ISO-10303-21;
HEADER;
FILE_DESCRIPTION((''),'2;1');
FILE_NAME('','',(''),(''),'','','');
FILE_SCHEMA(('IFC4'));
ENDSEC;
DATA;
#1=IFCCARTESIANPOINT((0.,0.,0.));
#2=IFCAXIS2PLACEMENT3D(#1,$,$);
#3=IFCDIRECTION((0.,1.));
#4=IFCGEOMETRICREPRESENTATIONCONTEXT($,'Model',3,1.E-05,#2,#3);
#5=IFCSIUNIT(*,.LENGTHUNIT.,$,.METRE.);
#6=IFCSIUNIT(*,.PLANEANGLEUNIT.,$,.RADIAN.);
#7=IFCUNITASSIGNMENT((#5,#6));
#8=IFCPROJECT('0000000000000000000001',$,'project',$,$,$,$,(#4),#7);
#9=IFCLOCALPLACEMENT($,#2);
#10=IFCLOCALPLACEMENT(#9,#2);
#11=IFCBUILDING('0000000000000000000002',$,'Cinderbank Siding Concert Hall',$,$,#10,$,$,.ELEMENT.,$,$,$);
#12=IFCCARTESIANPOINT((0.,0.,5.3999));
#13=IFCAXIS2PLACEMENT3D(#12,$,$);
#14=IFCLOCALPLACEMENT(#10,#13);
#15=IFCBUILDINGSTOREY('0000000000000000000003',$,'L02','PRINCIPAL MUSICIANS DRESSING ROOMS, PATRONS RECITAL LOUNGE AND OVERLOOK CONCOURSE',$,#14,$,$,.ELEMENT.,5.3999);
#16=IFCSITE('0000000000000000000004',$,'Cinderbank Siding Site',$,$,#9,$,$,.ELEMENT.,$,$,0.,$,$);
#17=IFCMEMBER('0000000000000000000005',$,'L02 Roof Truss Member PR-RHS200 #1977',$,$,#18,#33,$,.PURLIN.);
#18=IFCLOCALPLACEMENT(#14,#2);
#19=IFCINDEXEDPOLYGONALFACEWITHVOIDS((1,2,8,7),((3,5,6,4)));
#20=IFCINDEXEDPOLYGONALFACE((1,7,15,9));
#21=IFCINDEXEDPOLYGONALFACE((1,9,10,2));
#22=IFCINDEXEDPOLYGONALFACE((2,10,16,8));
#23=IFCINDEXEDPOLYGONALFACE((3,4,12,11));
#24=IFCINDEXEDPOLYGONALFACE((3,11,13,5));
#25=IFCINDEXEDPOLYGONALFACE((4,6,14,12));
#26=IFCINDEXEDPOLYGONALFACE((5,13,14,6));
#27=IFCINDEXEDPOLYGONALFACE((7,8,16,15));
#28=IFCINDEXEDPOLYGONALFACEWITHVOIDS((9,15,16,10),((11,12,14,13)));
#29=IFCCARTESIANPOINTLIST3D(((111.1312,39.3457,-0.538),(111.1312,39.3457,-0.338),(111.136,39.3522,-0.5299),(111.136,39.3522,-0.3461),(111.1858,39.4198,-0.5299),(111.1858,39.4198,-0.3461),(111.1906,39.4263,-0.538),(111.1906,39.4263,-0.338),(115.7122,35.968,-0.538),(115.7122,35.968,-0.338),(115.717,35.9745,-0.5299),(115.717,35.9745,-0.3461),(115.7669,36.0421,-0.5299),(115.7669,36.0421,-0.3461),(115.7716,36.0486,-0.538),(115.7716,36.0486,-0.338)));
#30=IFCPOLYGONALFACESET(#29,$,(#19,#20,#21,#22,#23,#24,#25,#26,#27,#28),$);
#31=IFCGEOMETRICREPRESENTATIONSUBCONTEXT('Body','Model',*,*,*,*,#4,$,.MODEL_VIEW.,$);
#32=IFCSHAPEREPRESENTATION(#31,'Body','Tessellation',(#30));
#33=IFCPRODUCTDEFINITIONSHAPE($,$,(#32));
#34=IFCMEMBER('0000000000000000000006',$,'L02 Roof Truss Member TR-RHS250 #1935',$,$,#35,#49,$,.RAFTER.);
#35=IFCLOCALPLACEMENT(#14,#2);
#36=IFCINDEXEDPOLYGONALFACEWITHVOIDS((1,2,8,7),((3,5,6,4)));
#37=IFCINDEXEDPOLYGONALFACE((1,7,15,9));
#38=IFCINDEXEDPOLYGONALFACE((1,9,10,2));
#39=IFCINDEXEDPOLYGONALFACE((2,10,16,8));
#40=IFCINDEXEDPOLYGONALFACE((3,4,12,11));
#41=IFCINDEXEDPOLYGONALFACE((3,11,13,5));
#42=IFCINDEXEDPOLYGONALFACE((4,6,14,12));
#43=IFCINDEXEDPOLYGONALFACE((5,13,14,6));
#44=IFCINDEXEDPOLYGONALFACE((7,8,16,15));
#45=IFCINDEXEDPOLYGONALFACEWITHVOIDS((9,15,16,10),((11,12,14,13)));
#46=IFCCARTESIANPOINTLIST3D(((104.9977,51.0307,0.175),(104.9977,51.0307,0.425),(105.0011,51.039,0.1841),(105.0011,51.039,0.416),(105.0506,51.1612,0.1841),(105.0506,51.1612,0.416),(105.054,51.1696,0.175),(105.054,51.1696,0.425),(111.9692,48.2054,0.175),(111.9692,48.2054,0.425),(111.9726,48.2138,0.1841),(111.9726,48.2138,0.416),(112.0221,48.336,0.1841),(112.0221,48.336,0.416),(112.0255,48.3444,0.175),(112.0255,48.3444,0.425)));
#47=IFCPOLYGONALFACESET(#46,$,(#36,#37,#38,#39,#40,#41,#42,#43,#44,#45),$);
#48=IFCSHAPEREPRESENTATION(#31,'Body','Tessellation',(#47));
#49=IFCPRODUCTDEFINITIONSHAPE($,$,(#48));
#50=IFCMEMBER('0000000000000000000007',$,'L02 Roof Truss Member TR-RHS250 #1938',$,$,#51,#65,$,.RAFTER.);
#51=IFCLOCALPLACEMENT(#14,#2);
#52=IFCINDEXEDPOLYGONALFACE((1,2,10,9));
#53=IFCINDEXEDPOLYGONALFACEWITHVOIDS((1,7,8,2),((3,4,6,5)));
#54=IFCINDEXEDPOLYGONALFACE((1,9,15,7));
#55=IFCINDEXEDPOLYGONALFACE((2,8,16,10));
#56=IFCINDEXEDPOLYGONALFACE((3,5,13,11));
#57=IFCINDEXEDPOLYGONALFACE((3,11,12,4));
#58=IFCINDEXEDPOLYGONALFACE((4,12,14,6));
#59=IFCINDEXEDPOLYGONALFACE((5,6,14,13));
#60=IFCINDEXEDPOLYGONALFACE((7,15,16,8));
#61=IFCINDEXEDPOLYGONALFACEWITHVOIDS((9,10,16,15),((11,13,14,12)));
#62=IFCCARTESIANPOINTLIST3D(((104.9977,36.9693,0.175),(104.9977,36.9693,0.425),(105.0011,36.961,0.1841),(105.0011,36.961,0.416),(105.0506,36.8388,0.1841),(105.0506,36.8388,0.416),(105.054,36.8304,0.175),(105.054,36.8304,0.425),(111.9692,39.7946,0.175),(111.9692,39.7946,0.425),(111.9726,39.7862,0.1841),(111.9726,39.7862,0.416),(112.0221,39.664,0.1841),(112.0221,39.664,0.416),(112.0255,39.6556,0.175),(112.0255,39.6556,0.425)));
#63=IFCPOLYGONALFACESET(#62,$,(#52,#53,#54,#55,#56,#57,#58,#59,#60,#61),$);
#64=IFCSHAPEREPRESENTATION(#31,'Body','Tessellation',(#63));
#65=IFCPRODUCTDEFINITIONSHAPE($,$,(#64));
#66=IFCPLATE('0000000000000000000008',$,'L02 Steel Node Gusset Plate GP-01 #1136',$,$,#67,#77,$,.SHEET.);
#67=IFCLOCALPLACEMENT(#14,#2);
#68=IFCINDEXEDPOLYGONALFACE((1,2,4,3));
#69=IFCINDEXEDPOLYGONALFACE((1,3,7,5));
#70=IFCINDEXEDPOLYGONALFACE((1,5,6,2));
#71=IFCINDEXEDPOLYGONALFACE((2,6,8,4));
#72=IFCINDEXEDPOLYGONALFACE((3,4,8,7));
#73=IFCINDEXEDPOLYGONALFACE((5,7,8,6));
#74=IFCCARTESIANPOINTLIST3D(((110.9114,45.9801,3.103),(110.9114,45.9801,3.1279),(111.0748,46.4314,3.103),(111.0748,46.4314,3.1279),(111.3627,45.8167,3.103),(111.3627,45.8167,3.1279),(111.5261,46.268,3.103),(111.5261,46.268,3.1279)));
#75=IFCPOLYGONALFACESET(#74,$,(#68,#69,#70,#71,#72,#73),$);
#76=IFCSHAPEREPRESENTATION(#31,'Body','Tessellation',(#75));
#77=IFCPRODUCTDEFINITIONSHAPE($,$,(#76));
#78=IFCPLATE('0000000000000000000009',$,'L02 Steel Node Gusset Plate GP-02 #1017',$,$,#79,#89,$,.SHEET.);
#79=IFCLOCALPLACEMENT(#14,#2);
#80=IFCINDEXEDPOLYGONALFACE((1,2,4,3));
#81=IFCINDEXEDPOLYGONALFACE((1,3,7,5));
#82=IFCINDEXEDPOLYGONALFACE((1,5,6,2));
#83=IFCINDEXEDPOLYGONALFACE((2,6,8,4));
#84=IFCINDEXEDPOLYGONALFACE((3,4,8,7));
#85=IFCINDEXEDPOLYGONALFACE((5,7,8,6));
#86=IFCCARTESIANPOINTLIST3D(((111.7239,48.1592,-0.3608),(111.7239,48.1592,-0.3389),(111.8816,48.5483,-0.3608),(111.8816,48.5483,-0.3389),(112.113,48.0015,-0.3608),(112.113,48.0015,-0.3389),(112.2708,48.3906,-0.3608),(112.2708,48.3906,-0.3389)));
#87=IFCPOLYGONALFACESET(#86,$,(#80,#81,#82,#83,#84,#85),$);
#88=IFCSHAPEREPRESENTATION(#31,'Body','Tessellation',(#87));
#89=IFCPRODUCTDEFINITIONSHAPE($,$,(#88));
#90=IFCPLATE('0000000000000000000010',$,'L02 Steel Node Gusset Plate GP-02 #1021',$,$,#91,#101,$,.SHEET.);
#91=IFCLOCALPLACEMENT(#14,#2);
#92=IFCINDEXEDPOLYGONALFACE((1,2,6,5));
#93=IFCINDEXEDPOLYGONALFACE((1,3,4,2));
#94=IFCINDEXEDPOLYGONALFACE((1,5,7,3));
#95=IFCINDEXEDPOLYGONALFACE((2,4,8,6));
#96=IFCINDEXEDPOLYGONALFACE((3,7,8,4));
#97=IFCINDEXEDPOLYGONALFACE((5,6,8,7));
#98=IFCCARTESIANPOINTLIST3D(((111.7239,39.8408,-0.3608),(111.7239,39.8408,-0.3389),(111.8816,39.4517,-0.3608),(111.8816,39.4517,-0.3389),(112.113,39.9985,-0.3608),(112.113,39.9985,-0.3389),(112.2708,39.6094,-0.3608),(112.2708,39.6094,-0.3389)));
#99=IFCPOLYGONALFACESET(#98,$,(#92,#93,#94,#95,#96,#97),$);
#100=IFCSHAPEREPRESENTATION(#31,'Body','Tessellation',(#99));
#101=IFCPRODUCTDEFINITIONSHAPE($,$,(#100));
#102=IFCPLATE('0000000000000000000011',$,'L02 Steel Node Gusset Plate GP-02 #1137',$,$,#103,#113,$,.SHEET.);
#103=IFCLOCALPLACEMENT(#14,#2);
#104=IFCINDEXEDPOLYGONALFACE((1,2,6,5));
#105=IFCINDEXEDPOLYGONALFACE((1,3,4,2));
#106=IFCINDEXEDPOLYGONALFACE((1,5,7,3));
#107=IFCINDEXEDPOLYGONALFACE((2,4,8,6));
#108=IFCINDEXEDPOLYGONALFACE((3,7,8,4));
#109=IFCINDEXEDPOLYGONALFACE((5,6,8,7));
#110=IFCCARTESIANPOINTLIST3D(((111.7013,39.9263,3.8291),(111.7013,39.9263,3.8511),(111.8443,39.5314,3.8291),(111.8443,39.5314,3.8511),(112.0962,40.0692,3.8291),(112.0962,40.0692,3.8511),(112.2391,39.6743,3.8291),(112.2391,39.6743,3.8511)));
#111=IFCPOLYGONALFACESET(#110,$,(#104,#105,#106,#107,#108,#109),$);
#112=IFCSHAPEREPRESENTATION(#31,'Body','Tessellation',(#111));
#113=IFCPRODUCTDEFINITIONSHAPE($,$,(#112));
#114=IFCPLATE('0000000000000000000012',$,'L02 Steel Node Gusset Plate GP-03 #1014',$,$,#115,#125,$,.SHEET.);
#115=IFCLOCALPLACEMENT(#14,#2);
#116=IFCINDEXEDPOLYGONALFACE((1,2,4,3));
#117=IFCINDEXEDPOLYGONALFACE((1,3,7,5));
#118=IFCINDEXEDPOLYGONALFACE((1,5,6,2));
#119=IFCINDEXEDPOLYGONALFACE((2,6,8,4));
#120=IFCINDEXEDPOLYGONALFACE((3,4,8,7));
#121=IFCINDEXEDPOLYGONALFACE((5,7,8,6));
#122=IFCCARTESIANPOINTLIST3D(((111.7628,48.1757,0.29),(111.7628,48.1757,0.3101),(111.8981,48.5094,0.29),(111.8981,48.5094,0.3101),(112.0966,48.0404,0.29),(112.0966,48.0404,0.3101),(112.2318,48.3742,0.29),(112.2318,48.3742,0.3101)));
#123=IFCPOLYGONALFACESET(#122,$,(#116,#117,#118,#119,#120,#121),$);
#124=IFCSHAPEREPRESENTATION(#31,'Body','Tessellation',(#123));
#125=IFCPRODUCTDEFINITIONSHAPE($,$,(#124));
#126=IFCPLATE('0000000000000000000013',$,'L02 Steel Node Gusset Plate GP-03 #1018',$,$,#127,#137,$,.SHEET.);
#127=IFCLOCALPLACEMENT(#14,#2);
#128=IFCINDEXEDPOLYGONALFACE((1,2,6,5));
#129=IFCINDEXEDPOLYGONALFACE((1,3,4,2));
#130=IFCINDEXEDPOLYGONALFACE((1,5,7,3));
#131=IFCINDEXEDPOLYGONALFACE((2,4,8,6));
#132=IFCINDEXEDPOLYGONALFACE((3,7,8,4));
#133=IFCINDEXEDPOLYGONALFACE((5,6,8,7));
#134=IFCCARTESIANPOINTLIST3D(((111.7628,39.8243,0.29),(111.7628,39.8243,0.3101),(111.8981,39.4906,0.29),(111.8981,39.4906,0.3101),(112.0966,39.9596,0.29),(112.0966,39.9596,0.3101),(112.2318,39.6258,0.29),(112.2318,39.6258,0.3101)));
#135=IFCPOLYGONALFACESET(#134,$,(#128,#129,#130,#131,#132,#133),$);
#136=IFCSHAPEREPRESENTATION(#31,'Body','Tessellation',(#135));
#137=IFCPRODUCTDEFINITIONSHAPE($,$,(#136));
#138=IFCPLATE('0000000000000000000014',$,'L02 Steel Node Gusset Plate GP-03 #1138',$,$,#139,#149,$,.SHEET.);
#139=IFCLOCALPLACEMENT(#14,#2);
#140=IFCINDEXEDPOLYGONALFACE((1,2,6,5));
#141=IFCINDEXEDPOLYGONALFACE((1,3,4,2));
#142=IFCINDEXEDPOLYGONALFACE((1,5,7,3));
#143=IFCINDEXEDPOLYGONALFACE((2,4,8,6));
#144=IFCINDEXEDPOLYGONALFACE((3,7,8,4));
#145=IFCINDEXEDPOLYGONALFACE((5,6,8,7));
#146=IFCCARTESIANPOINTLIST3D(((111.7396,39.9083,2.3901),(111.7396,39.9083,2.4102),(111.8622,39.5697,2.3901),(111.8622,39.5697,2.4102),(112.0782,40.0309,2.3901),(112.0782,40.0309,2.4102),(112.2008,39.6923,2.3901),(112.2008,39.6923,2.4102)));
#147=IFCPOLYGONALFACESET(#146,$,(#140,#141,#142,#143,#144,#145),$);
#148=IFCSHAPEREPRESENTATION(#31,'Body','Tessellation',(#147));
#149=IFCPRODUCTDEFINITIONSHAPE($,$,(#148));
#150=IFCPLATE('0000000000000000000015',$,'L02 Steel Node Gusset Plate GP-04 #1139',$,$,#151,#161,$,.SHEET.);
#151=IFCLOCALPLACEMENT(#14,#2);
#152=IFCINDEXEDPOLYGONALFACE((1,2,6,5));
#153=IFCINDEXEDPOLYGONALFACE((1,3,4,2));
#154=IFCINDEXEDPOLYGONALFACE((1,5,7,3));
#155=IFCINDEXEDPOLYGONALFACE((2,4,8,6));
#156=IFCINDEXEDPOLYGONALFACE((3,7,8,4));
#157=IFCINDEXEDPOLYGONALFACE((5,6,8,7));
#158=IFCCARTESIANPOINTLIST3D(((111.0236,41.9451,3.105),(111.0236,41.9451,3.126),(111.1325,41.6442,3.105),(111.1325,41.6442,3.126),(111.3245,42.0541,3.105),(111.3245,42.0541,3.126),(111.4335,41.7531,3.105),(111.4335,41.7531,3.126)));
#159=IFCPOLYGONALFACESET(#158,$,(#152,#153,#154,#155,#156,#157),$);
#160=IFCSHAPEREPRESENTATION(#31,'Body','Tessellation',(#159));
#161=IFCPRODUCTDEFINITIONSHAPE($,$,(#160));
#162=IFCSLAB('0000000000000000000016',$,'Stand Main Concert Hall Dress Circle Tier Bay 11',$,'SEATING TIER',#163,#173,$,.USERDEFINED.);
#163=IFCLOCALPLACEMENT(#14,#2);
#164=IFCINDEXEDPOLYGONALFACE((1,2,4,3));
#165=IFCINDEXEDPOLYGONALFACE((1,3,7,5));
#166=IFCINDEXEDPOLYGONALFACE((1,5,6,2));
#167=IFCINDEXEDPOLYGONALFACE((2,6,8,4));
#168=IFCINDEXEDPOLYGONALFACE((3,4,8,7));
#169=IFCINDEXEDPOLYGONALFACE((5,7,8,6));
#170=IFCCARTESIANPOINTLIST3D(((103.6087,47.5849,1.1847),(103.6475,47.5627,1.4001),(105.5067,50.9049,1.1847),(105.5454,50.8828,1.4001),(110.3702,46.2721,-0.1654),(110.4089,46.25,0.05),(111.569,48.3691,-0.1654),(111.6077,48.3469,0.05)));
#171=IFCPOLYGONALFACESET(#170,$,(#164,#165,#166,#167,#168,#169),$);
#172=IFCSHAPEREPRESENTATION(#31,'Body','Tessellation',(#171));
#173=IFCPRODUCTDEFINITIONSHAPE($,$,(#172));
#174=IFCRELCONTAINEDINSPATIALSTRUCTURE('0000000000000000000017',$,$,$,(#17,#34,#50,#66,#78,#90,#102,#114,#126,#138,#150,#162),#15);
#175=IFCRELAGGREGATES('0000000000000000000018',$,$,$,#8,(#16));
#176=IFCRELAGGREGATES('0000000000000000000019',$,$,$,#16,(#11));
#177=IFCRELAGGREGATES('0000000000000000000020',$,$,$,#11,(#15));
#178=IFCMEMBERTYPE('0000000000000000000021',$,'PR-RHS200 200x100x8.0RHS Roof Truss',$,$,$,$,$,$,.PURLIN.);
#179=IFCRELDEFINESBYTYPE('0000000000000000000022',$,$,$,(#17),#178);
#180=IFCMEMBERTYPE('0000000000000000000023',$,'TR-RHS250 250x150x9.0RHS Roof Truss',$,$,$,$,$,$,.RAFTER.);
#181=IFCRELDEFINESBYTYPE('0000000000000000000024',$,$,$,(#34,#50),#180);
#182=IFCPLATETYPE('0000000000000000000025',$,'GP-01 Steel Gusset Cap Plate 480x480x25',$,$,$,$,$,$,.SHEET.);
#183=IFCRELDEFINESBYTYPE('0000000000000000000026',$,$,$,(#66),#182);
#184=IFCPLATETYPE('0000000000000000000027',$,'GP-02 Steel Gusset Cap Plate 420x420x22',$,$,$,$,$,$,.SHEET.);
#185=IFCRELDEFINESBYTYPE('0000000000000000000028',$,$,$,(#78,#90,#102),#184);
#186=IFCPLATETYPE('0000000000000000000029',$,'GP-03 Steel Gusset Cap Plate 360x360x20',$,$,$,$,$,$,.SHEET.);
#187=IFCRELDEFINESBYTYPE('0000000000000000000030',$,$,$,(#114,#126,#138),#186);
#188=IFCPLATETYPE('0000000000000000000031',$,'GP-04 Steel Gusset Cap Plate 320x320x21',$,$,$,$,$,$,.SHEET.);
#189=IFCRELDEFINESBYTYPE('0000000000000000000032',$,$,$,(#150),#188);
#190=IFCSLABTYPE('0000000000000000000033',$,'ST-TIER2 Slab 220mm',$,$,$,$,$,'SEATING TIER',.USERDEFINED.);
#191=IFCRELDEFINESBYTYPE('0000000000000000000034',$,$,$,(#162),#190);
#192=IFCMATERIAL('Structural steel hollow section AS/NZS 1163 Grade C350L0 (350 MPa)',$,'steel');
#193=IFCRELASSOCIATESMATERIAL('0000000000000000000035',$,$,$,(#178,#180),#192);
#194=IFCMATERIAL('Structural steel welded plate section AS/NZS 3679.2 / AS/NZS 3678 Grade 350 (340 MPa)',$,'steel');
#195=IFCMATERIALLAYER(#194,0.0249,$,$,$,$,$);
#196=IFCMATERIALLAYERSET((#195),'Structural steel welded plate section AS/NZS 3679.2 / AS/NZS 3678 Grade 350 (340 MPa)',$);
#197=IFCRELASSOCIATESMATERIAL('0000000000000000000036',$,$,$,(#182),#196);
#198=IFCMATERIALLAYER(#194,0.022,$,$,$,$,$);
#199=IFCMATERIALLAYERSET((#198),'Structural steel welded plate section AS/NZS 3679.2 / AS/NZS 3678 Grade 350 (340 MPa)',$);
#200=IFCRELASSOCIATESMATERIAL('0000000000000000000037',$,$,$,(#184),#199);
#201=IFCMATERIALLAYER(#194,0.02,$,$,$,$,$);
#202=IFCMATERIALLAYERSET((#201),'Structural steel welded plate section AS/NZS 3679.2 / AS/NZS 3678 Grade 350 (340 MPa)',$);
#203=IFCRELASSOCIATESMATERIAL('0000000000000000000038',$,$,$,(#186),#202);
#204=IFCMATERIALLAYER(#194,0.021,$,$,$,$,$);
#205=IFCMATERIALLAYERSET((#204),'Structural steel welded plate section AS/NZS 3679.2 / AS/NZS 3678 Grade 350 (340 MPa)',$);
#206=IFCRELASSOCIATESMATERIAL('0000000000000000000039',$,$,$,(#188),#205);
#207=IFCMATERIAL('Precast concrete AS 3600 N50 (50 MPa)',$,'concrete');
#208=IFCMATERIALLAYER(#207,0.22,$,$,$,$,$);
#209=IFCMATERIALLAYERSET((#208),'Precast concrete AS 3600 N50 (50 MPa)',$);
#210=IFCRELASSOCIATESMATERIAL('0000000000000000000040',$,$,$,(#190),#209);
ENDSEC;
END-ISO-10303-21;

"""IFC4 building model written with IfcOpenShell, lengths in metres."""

from ifc_helpers import new_model, si_unit, direction, frame, origin, origin_2d, place, context, subcontext, project, spatial, polyline, rectangle, hollow_rectangle, outline, extrude, material, layer, layer_set, material_profile, profile_set, type_object, element, save


model = new_model("IFC4")

# Units and contexts
model_context = context("Model", 3, precision=1e-05, world=origin(), true_north=direction((0.0, 1.0)))
body_context = subcontext(model_context, "Body", "Model", "MODEL_VIEW")
ifc_project = project(units=[si_unit("LENGTHUNIT", "METRE"), si_unit("PLANEANGLEUNIT", "RADIAN")], contexts=[model_context])

# Site, building, storey
site_placement = place(None, origin())
site = spatial("IfcSite", under=ifc_project, at=site_placement, Name="Cinderbank Siding Site", CompositionType="ELEMENT", RefElevation=0.0)
building_placement = place(site_placement, origin())
building = spatial("IfcBuilding", under=site, at=building_placement, Name="Cinderbank Siding Concert Hall", CompositionType="ELEMENT")
storey_placement = place(building_placement, frame((0.0, 0.0, 5.3999)))
storey = spatial("IfcBuildingStorey", under=building, at=storey_placement, Name="L02", Description="PRINCIPAL MUSICIANS DRESSING ROOMS, PATRONS RECITAL LOUNGE AND OVERLOOK CONCOURSE", CompositionType="ELEMENT", Elevation=5.3999)

# Shared definitions
ifc_material_1 = material(Name="Structural steel hollow section AS/NZS 1163 Grade C350L0 (350 MPa)", Category="steel")

# Members
ifc_material_profile_1 = material_profile(ifc_material_1, hollow_rectangle(XDim=0.1001, YDim=0.2, WallThickness=0.0081, at=origin_2d()), Name="200x100x8.0RHS", Category="LoadBearing")
ifc_profile_set_1 = profile_set([ifc_material_profile_1], Name="Structural steel hollow section AS/NZS 1163 Grade C350L0 (350 MPa)")
member_type_1 = type_object("IfcMemberType", Name="PR-RHS200 200x100x8.0RHS Roof Truss", PredefinedType="PURLIN", material=ifc_profile_set_1)
member_1_placement = place(storey_placement, frame((111.1609, 39.386, -0.438), z_axis=(0.804874, -0.593446, 0.0), x_axis=(0.593446, 0.804874, 0.0)))
element("IfcMember", 1, at=member_1_placement, inside=storey, type_object=member_type_1, Name="L02 Roof Truss Member PR-RHS200 #1977", PredefinedType="PURLIN", context=body_context, shape_type="SweptSolid", body=[
    extrude(hollow_rectangle(XDim=0.1001, YDim=0.2, WallThickness=0.0081, at=origin_2d()), origin(), (0.0, 0.0, 1.0), 5.6917),
])
ifc_material_profile_2 = material_profile(ifc_material_1, hollow_rectangle(XDim=0.1499, YDim=0.25, WallThickness=0.009, at=origin_2d()), Name="250x150x9.0RHS", Category="LoadBearing")
ifc_profile_set_2 = profile_set([ifc_material_profile_2], Name="Structural steel hollow section AS/NZS 1163 Grade C350L0 (350 MPa)")
member_type_2 = type_object("IfcMemberType", Name="TR-RHS250 250x150x9.0RHS Roof Truss", PredefinedType="RAFTER", material=ifc_profile_set_2)
for number, where, z_axis, x_axis, name in (
    (2, (111.9973, 48.2749, 0.3), (-0.926788, 0.375584, 0.0), (-0.375584, -0.926788, 0.0), "L02 Roof Truss Member TR-RHS250 #1935"),
    (3, (111.9973, 39.7251, 0.3), (-0.926788, -0.375584, 0.0), (0.375584, -0.926788, 0.0), "L02 Roof Truss Member TR-RHS250 #1938"),
):
    element("IfcMember", number, at=place(storey_placement, frame(where, z_axis=z_axis, x_axis=x_axis)), inside=storey, type_object=member_type_2, Name=name, PredefinedType="RAFTER", context=body_context, shape_type="SweptSolid", body=[
        extrude(hollow_rectangle(XDim=0.1499, YDim=0.25, WallThickness=0.009, at=origin_2d()), origin(), (0.0, 0.0, 1.0), 7.5222),
    ])

# Plates
ifc_material_2 = material(Name="Structural steel welded plate section AS/NZS 3679.2 / AS/NZS 3678 Grade 350 (340 MPa)", Category="steel")
ifc_layer_1 = layer(ifc_material_2, 0.0249)
ifc_layer_set_1 = layer_set([ifc_layer_1], Name="Structural steel welded plate section AS/NZS 3679.2 / AS/NZS 3678 Grade 350 (340 MPa)")
plate_type_1 = type_object("IfcPlateType", Name="GP-01 Steel Gusset Cap Plate 480x480x25", PredefinedType="SHEET", material=ifc_layer_set_1)
plate_1_placement = place(storey_placement, frame((111.2188, 46.124, 3.103), z_axis=(0.0, 0.0, 1.0), x_axis=(0.34038, 0.940288, 0.0)))
element("IfcPlate", 4, at=plate_1_placement, inside=storey, type_object=plate_type_1, Name="L02 Steel Node Gusset Plate GP-01 #1136", PredefinedType="SHEET", context=body_context, shape_type="SweptSolid", body=[
    extrude(rectangle(XDim=0.48, YDim=0.48, at=origin_2d()), origin(), (0.0, 0.0, 1.0), 0.0249),
])
ifc_layer_2 = layer(ifc_material_2, 0.022)
ifc_layer_set_2 = layer_set([ifc_layer_2], Name="Structural steel welded plate section AS/NZS 3679.2 / AS/NZS 3678 Grade 350 (340 MPa)")
plate_type_2 = type_object("IfcPlateType", Name="GP-02 Steel Gusset Cap Plate 420x420x22", PredefinedType="SHEET", material=ifc_layer_set_2)
for number, where, z_axis, x_axis, name in (
    (5, (111.9973, 48.2749, -0.3608), (0.0, 0.0, 1.0), (0.926791, -0.375577, 0.0), "L02 Steel Node Gusset Plate GP-02 #1017"),
    (6, (111.9973, 39.7251, -0.3608), (0.0, 0.0, 1.0), (0.926791, 0.375577, 0.0), "L02 Steel Node Gusset Plate GP-02 #1021"),
    (7, (111.9702, 39.8003, 3.8291), (0.0, 0.0, 1.0), (0.34038, -0.940288, 0.0), "L02 Steel Node Gusset Plate GP-02 #1137"),
):
    element("IfcPlate", number, at=place(storey_placement, frame(where, z_axis=z_axis, x_axis=x_axis)), inside=storey, type_object=plate_type_2, Name=name, PredefinedType="SHEET", context=body_context, shape_type="SweptSolid", body=[
        extrude(rectangle(XDim=0.4199, YDim=0.4199, at=origin_2d()), origin(), (0.0, 0.0, 1.0), 0.022),
    ])
ifc_layer_3 = layer(ifc_material_2, 0.02)
ifc_layer_set_3 = layer_set([ifc_layer_3], Name="Structural steel welded plate section AS/NZS 3679.2 / AS/NZS 3678 Grade 350 (340 MPa)")
plate_type_3 = type_object("IfcPlateType", Name="GP-03 Steel Gusset Cap Plate 360x360x20", PredefinedType="SHEET", material=ifc_layer_set_3)
for number, where, z_axis, x_axis, name in (
    (8, (111.9973, 48.2749, 0.29), (0.0, 0.0, 1.0), (-0.926791, 0.375577, 0.0), "L02 Steel Node Gusset Plate GP-03 #1014"),
    (9, (111.9973, 39.7251, 0.29), (0.0, 0.0, 1.0), (-0.926791, -0.375577, 0.0), "L02 Steel Node Gusset Plate GP-03 #1018"),
    (10, (111.9702, 39.8003, 2.3901), (0.0, 0.0, 1.0), (-0.34038, 0.940288, 0.0), "L02 Steel Node Gusset Plate GP-03 #1138"),
):
    element("IfcPlate", number, at=place(storey_placement, frame(where, z_axis=z_axis, x_axis=x_axis)), inside=storey, type_object=plate_type_3, Name=name, PredefinedType="SHEET", context=body_context, shape_type="SweptSolid", body=[
        extrude(rectangle(XDim=0.3601, YDim=0.3601, at=origin_2d()), origin(), (0.0, 0.0, 1.0), 0.02),
    ])
ifc_layer_4 = layer(ifc_material_2, 0.021)
ifc_layer_set_4 = layer_set([ifc_layer_4], Name="Structural steel welded plate section AS/NZS 3679.2 / AS/NZS 3678 Grade 350 (340 MPa)")
plate_type_4 = type_object("IfcPlateType", Name="GP-04 Steel Gusset Cap Plate 320x320x21", PredefinedType="SHEET", material=ifc_layer_set_4)
plate_2_placement = place(storey_placement, frame((111.2285, 41.8491, 3.105), z_axis=(0.0, 0.0, 1.0), x_axis=(-0.34038, 0.940288, 0.0)))
element("IfcPlate", 11, at=plate_2_placement, inside=storey, type_object=plate_type_4, Name="L02 Steel Node Gusset Plate GP-04 #1139", PredefinedType="SHEET", context=body_context, shape_type="SweptSolid", body=[
    extrude(rectangle(XDim=0.3201, YDim=0.3201, at=origin_2d()), origin(), (0.0, 0.0, 1.0), 0.021),
])

# Slab
ifc_material_3 = material(Name="Precast concrete AS 3600 N50 (50 MPa)", Category="concrete")
ifc_layer_5 = layer(ifc_material_3, 0.22)
ifc_layer_set_5 = layer_set([ifc_layer_5], Name="Precast concrete AS 3600 N50 (50 MPa)")
slab_type = type_object("IfcSlabType", Name="ST-TIER2 Slab 220mm", ElementType="SEATING TIER", PredefinedType="USERDEFINED", material=ifc_layer_set_5)
slab_1_placement = place(storey_placement, frame((111.6077, 48.3469, 0.05), z_axis=(0.175996, -0.10061, 0.979236), x_axis=(-0.496291, -0.868156, 0.0)))
element("IfcSlab", 12, at=slab_1_placement, inside=storey, type_object=slab_type, Name="Stand Main Concert Hall Dress Circle Tier Bay 11", ObjectType="SEATING TIER", PredefinedType="USERDEFINED", context=body_context, shape_type="SweptSolid", body=[
    extrude(outline(polyline([(0.0, 0.0), (2.4154, 0.0), (4.6314, -6.6598), (0.8071, -6.6598), (0.0, 0.0)])), origin(), (0.0, 0.0, -1.0), 0.22),
])

save(model, "model.ifc")
